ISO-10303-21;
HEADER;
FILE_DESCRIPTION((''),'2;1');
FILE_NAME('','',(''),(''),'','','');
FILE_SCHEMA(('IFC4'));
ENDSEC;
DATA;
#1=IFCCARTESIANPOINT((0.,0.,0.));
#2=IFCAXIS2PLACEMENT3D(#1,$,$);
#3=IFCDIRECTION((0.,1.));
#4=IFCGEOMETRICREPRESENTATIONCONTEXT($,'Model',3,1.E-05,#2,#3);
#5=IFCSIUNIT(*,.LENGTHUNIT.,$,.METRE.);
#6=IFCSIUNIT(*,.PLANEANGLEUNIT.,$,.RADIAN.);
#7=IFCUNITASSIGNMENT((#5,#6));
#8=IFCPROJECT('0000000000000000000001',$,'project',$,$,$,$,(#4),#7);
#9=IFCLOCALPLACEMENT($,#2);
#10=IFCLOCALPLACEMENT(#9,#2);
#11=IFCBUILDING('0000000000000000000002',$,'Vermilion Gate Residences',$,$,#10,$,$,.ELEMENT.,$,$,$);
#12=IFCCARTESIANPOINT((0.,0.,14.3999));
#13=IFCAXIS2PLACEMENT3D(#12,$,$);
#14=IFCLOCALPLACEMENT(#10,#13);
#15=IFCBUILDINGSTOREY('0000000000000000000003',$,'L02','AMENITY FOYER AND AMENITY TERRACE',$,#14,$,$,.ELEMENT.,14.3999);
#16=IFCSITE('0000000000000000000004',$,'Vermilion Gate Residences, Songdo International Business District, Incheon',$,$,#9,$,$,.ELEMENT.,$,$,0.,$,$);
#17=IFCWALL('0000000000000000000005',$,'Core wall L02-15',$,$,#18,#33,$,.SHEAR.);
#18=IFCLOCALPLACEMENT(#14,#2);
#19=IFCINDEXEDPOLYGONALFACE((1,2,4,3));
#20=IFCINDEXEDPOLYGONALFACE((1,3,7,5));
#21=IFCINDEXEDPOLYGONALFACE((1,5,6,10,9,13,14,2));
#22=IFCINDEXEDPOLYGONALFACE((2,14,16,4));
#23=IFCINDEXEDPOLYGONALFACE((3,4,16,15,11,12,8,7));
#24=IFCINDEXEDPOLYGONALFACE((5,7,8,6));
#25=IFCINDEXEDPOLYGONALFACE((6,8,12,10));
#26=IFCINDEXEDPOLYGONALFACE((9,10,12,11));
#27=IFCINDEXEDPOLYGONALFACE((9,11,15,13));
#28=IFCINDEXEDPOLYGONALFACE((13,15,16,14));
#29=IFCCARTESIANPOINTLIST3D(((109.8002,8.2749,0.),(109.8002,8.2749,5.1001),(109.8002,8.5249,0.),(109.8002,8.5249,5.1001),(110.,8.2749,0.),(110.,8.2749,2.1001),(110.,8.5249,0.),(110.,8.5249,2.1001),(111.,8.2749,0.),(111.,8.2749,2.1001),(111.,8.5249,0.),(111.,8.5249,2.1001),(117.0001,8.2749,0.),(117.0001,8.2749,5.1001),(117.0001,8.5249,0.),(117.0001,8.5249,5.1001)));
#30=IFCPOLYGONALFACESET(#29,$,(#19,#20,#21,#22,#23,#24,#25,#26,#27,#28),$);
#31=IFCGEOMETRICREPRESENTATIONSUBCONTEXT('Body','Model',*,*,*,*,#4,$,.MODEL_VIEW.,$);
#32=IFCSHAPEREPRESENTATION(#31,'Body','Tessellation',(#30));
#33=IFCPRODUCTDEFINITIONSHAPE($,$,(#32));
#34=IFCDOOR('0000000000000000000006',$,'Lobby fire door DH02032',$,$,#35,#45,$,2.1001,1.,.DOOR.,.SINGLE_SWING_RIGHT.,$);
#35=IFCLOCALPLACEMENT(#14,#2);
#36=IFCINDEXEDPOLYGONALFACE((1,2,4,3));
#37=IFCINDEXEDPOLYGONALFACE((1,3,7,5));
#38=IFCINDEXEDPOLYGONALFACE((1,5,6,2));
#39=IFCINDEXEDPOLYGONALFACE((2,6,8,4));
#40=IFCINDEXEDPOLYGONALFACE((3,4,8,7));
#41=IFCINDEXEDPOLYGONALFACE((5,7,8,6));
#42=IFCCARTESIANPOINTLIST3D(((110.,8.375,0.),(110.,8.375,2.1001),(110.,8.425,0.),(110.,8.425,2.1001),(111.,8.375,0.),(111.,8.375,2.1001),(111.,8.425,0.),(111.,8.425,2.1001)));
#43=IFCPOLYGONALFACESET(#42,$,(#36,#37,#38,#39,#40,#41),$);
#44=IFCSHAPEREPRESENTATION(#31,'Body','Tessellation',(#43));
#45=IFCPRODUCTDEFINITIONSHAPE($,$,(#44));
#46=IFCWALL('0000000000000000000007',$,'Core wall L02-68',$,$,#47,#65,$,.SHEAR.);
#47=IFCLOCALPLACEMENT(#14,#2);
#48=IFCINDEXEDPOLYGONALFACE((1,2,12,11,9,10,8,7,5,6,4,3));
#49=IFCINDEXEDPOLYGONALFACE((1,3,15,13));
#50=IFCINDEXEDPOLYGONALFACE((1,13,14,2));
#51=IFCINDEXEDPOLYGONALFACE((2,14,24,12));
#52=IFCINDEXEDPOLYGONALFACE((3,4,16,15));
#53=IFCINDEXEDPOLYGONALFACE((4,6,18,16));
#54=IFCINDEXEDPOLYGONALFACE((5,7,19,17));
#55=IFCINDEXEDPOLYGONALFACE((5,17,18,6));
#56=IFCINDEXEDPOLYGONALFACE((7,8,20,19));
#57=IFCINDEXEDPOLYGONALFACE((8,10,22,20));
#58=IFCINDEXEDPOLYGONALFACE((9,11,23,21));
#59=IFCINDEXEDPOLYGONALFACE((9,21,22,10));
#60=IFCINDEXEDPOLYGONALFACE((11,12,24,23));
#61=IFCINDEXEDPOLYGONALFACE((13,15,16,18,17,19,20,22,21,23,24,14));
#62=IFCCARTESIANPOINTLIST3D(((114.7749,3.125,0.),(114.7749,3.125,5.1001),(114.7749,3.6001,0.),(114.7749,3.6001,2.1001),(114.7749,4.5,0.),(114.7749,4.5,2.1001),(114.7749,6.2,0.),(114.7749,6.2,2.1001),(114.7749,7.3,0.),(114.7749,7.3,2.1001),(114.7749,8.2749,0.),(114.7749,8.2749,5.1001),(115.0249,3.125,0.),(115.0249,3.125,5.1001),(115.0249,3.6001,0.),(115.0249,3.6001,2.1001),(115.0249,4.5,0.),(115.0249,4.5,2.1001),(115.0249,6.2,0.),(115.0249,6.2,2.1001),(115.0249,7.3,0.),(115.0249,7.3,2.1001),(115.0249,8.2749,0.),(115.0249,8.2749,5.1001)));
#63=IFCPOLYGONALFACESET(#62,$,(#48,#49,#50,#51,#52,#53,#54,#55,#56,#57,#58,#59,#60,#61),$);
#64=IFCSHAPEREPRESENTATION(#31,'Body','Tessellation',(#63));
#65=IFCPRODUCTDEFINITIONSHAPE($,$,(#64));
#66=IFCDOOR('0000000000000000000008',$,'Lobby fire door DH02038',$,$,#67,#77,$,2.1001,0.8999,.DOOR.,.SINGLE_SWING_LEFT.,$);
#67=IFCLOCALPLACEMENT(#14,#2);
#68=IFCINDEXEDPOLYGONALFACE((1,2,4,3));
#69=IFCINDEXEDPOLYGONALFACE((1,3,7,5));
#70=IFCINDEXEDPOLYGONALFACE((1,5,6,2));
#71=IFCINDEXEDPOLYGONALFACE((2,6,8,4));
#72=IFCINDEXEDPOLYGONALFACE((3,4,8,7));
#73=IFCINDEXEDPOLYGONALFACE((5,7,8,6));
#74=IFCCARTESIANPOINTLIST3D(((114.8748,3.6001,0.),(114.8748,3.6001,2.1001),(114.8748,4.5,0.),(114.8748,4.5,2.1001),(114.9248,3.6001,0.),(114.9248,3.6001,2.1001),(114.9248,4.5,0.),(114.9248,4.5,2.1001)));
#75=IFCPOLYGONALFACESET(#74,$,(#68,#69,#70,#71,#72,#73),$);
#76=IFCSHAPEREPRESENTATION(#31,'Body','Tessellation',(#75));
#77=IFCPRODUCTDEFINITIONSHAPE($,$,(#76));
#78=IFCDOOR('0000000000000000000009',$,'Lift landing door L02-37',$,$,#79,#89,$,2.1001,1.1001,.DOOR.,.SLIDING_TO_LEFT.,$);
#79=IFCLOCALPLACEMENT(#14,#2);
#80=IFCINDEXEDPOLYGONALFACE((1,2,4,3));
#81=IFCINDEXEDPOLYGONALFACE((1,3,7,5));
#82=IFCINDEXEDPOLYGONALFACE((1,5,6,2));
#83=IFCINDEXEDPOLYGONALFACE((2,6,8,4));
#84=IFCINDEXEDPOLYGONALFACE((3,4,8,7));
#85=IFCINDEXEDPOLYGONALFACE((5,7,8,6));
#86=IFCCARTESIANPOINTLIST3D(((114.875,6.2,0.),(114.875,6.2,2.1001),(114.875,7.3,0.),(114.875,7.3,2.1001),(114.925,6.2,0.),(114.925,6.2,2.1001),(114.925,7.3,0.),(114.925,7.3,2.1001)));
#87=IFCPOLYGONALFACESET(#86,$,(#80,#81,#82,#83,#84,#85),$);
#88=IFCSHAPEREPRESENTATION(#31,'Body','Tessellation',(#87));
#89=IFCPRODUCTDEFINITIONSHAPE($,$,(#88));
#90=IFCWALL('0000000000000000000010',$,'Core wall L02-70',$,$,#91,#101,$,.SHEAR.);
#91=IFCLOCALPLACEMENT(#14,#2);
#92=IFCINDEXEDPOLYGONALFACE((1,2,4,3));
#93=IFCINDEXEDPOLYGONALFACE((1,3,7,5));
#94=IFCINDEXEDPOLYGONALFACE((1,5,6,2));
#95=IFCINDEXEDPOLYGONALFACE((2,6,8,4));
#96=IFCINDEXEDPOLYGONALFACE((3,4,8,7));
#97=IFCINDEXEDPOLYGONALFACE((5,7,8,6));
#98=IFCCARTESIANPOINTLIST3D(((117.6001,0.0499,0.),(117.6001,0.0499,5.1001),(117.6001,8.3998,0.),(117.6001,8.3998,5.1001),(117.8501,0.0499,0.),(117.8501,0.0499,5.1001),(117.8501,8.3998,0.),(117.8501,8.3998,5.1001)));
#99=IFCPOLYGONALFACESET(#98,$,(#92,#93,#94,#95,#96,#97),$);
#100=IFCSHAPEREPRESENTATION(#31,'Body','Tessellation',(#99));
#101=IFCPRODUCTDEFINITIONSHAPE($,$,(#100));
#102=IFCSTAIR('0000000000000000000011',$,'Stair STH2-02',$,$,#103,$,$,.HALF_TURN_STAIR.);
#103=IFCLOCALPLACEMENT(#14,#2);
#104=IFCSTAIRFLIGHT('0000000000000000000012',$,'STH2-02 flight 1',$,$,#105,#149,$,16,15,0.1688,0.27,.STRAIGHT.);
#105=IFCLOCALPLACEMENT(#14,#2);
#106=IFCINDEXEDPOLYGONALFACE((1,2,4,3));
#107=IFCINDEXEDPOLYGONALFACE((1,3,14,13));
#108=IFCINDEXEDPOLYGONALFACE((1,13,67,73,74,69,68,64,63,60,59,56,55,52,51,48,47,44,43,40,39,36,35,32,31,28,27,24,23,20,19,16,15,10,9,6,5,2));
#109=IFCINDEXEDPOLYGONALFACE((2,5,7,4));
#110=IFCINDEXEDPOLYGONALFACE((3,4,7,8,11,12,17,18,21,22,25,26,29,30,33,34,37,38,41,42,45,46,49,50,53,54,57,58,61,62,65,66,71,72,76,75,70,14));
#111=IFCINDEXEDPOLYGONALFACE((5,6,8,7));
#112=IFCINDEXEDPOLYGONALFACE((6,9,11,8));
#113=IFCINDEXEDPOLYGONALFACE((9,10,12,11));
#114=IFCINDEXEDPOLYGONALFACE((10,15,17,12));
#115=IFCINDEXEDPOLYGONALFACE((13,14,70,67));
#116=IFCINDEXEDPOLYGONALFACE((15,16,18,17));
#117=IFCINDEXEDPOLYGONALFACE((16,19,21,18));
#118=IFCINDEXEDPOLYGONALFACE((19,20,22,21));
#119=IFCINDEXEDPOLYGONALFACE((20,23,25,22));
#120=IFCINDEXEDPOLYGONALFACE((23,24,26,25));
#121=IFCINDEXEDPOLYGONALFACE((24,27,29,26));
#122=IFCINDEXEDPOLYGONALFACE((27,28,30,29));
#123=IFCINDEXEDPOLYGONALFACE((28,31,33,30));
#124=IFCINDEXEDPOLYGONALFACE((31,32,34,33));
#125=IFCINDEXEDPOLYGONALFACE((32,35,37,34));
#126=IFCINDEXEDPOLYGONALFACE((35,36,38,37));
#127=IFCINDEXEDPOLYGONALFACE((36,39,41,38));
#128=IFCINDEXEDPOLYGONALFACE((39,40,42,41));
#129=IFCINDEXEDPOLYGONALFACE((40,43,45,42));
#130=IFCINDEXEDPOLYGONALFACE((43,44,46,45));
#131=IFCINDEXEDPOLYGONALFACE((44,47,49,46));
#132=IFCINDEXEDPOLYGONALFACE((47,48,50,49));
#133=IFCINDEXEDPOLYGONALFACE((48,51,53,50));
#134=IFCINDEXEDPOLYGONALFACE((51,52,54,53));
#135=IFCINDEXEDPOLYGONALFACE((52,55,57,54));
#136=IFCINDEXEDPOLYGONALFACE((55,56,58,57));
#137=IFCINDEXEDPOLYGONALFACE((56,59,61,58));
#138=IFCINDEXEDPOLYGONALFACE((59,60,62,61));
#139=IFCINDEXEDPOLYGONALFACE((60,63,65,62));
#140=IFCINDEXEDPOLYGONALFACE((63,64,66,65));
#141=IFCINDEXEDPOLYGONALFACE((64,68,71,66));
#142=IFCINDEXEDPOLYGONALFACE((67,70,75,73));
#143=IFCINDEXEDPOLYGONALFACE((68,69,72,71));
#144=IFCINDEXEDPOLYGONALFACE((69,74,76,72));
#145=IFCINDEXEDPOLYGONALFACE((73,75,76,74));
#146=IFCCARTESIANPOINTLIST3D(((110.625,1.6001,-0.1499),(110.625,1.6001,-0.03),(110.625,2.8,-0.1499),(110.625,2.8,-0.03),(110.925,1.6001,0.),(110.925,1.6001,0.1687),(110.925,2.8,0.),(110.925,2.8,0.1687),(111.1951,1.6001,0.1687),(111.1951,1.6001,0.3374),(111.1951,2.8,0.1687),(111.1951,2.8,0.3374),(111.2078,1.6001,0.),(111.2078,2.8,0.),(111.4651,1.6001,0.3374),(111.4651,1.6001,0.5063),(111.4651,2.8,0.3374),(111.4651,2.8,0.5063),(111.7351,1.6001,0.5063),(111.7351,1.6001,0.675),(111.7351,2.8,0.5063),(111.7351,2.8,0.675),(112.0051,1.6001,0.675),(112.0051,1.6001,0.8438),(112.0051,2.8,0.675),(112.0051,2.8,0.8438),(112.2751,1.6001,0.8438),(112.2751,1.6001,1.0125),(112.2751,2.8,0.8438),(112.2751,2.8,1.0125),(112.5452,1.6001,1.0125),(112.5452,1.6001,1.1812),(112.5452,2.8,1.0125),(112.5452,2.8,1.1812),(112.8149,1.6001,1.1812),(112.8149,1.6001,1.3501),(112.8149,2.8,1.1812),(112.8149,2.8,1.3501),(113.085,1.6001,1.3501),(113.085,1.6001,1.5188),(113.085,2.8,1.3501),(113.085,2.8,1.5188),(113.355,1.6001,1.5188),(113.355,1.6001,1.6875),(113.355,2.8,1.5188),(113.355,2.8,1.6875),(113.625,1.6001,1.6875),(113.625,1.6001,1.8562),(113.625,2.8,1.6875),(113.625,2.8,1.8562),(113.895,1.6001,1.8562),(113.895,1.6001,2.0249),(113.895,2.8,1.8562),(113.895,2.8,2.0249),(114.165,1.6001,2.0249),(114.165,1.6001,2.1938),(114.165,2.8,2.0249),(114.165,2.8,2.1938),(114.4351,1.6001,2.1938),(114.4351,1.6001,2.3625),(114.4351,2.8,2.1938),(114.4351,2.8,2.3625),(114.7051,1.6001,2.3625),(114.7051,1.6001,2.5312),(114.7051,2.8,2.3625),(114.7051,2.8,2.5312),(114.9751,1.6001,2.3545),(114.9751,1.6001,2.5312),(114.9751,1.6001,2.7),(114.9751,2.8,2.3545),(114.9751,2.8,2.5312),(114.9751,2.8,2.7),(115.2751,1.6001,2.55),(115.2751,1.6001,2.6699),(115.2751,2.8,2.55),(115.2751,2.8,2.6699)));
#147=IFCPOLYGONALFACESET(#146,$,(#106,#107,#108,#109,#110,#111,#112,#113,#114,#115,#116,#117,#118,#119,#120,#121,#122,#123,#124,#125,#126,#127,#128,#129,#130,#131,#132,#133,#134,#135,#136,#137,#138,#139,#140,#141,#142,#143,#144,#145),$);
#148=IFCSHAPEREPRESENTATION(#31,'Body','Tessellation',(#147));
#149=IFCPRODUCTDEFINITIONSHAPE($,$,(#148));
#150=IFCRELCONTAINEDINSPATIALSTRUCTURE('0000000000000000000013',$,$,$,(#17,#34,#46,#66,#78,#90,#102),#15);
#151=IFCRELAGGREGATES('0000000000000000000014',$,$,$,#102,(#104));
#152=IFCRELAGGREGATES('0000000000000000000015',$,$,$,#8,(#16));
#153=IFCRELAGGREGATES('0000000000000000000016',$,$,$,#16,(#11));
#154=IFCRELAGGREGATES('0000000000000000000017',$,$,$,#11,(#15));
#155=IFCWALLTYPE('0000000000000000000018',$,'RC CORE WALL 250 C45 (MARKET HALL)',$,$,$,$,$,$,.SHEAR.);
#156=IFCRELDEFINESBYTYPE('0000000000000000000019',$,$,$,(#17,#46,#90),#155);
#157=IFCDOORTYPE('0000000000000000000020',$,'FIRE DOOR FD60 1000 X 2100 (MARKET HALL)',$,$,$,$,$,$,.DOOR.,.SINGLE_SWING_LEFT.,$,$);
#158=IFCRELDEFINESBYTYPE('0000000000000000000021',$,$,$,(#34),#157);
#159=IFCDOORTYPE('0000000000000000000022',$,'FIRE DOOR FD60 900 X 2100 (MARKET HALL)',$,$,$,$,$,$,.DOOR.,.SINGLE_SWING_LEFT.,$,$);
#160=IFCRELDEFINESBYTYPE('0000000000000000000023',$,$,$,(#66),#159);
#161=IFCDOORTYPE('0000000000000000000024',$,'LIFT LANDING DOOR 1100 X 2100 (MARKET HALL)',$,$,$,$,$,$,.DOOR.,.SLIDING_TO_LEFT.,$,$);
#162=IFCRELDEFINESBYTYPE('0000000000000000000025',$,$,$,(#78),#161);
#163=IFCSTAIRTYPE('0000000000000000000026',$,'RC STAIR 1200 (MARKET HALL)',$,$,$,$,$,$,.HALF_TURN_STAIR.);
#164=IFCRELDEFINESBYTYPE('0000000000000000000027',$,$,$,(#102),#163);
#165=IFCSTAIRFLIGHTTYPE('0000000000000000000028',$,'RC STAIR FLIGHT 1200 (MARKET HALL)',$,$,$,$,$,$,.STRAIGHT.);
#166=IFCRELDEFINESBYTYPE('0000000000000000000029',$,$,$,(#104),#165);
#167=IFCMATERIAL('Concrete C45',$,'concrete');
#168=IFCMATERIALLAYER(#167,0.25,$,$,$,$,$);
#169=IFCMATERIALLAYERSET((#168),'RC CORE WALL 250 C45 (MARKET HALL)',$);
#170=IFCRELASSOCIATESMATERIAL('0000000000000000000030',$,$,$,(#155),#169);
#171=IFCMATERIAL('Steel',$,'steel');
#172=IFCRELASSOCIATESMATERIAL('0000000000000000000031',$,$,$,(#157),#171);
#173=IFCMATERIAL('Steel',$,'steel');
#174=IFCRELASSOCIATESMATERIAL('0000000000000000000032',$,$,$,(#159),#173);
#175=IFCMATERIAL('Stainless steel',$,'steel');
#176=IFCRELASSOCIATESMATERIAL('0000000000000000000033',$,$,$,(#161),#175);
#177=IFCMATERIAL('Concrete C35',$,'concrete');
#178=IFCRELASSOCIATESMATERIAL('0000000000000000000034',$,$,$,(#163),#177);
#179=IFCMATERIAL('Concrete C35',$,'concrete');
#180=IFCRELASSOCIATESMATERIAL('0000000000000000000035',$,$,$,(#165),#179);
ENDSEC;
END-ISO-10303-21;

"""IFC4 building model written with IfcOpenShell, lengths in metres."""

from ifc_helpers import new_model, si_unit, direction, frame, frame_2d, origin, place, context, subcontext, project, spatial, polyline, rectangle, outline, extrude, material, layer, layer_set, type_object, element, fill, aggregate, save


model = new_model("IFC4")

# Units and contexts
model_context = context("Model", 3, precision=1e-05, world=origin(), true_north=direction((0.0, 1.0)))
body_context = subcontext(model_context, "Body", "Model", "MODEL_VIEW")
ifc_project = project(units=[si_unit("LENGTHUNIT", "METRE"), si_unit("PLANEANGLEUNIT", "RADIAN")], contexts=[model_context])

# Site, building, storey
site_placement = place(None, origin())
site = spatial("IfcSite", under=ifc_project, at=site_placement, Name="Vermilion Gate Residences, Songdo International Business District, Incheon", CompositionType="ELEMENT", RefElevation=0.0)
building_placement = place(site_placement, origin())
building = spatial("IfcBuilding", under=site, at=building_placement, Name="Vermilion Gate Residences", CompositionType="ELEMENT")
storey_placement = place(building_placement, frame((0.0, 0.0, 14.3999)))
storey = spatial("IfcBuildingStorey", under=building, at=storey_placement, Name="L02", Description="AMENITY FOYER AND AMENITY TERRACE", CompositionType="ELEMENT", Elevation=14.3999)

# Shared definitions
ifc_material_1 = material(Name="Concrete C45", Category="concrete")
ifc_layer_1 = layer(ifc_material_1, 0.25)
ifc_layer_set_1 = layer_set([ifc_layer_1], Name="RC CORE WALL 250 C45 (MARKET HALL)")
wall_type_1 = type_object("IfcWallType", Name="RC CORE WALL 250 C45 (MARKET HALL)", PredefinedType="SHEAR", material=ifc_layer_set_1)

# Wall, opening, door
wall_1_placement = place(storey_placement, frame((109.8, 8.3999, 0.0), z_axis=(0.0, 0.0, 1.0), x_axis=(1.0, 0.0, 0.0)))
wall_1 = element("IfcWall", 1, at=wall_1_placement, inside=storey, type_object=wall_type_1, Name="Core wall L02-15", PredefinedType="SHEAR", context=body_context, shape_type="SweptSolid", body=[
    extrude(rectangle(XDim=7.2, YDim=0.25, at=frame_2d((3.6001, 0.0))), origin(), (0.0, 0.0, 1.0), 5.1001),
])
opening_1_placement = place(wall_1_placement, frame((0.2, 0.0, 0.0)))
opening_1 = element("IfcOpeningElement", 2, at=opening_1_placement, cuts=wall_1, PredefinedType="OPENING", context=body_context, shape_type="SweptSolid", body=[
    extrude(rectangle(XDim=1.0, YDim=2.1001, at=frame_2d((0.5, 1.05))), frame((0.0, 0.135, 0.0), z_axis=(0.0, -1.0, 0.0), x_axis=(1.0, 0.0, 0.0)), (0.0, 0.0, 1.0), 0.27),
])
ifc_material_2 = material(Name="Steel", Category="steel")
door_type_1 = type_object("IfcDoorType", Name="FIRE DOOR FD60 1000 X 2100 (MARKET HALL)", OperationType="SINGLE_SWING_LEFT", PredefinedType="DOOR", material=ifc_material_2)
door_1_placement = place(opening_1_placement, frame((1.0, 0.0, 0.0), z_axis=(0.0, 0.0, 1.0), x_axis=(-1.0, 0.0, 0.0)))
door_1 = element("IfcDoor", 3, at=door_1_placement, inside=storey, type_object=door_type_1, Name="Lobby fire door DH02032", OperationType="SINGLE_SWING_RIGHT", OverallHeight=2.1001, OverallWidth=1.0, PredefinedType="DOOR", context=body_context, shape_type="SweptSolid", body=[
    extrude(rectangle(XDim=1.0, YDim=2.1001, at=frame_2d((0.5, 1.05))), frame((0.0, 0.0249, 0.0), z_axis=(0.0, -1.0, 0.0), x_axis=(1.0, 0.0, 0.0)), (0.0, 0.0, 1.0), 0.05),
])
fill(opening_1, door_1)

# Wall, openings, doors
wall_2_placement = place(storey_placement, frame((114.8999, 3.125, 0.0), z_axis=(0.0, 0.0, 1.0), x_axis=(0.0, 1.0, 0.0)))
wall_2 = element("IfcWall", 4, at=wall_2_placement, inside=storey, type_object=wall_type_1, Name="Core wall L02-68", PredefinedType="SHEAR", context=body_context, shape_type="SweptSolid", body=[
    extrude(rectangle(XDim=5.1499, YDim=0.25, at=frame_2d((2.575, 0.0))), origin(), (0.0, 0.0, 1.0), 5.1001),
])
opening_2_placement = place(wall_2_placement, frame((3.075, 0.0, 0.0)))
opening_2 = element("IfcOpeningElement", 5, at=opening_2_placement, cuts=wall_2, PredefinedType="OPENING", context=body_context, shape_type="SweptSolid", body=[
    extrude(rectangle(XDim=1.1001, YDim=2.1001, at=frame_2d((0.55, 1.05))), frame((0.0, 0.135, 0.0), z_axis=(0.0, -1.0, 0.0), x_axis=(1.0, 0.0, 0.0)), (0.0, 0.0, 1.0), 0.27),
])
opening_3_placement = place(wall_2_placement, frame((0.4751, 0.0, 0.0)))
opening_3 = element("IfcOpeningElement", 6, at=opening_3_placement, cuts=wall_2, PredefinedType="OPENING", context=body_context, shape_type="SweptSolid", body=[
    extrude(rectangle(XDim=0.8999, YDim=2.1001, at=frame_2d((0.45, 1.05))), frame((0.0, 0.135, 0.0), z_axis=(0.0, -1.0, 0.0), x_axis=(1.0, 0.0, 0.0)), (0.0, 0.0, 1.0), 0.27),
])
ifc_material_3 = material(Name="Steel", Category="steel")
door_type_2 = type_object("IfcDoorType", Name="FIRE DOOR FD60 900 X 2100 (MARKET HALL)", OperationType="SINGLE_SWING_LEFT", PredefinedType="DOOR", material=ifc_material_3)
door_2_placement = place(opening_3_placement, frame((0.8999, 0.0, 0.0), z_axis=(0.0, 0.0, 1.0), x_axis=(-1.0, 0.0, 0.0)))
door_2 = element("IfcDoor", 7, at=door_2_placement, inside=storey, type_object=door_type_2, Name="Lobby fire door DH02038", OperationType="SINGLE_SWING_LEFT", OverallHeight=2.1001, OverallWidth=0.8999, PredefinedType="DOOR", context=body_context, shape_type="SweptSolid", body=[
    extrude(rectangle(XDim=0.8999, YDim=2.1001, at=frame_2d((0.45, 1.05))), frame((0.0, 0.0249, 0.0), z_axis=(0.0, -1.0, 0.0), x_axis=(1.0, 0.0, 0.0)), (0.0, 0.0, 1.0), 0.05),
])
fill(opening_3, door_2)
ifc_material_4 = material(Name="Stainless steel", Category="steel")
door_type_3 = type_object("IfcDoorType", Name="LIFT LANDING DOOR 1100 X 2100 (MARKET HALL)", OperationType="SLIDING_TO_LEFT", PredefinedType="DOOR", material=ifc_material_4)
door_3_placement = place(opening_2_placement, origin())
door_3 = element("IfcDoor", 8, at=door_3_placement, inside=storey, type_object=door_type_3, Name="Lift landing door L02-37", OperationType="SLIDING_TO_LEFT", OverallHeight=2.1001, OverallWidth=1.1001, PredefinedType="DOOR", context=body_context, shape_type="SweptSolid", body=[
    extrude(rectangle(XDim=1.1001, YDim=2.1001, at=frame_2d((0.55, 1.05))), frame((0.0, 0.0249, 0.0), z_axis=(0.0, -1.0, 0.0), x_axis=(1.0, 0.0, 0.0)), (0.0, 0.0, 1.0), 0.05),
])
fill(opening_2, door_3)

# Wall
wall_3_placement = place(storey_placement, frame((117.7251, 0.05, 0.0), z_axis=(0.0, 0.0, 1.0), x_axis=(0.0, 1.0, 0.0)))
element("IfcWall", 9, at=wall_3_placement, inside=storey, type_object=wall_type_1, Name="Core wall L02-70", PredefinedType="SHEAR", context=body_context, shape_type="SweptSolid", body=[
    extrude(rectangle(XDim=8.3499, YDim=0.25, at=frame_2d((4.1748, 0.0))), origin(), (0.0, 0.0, 1.0), 5.1001),
])

# Stair, stair flight
ifc_material_5 = material(Name="Concrete C35", Category="concrete")
stair_type = type_object("IfcStairType", Name="RC STAIR 1200 (MARKET HALL)", PredefinedType="HALF_TURN_STAIR", material=ifc_material_5)
stair_placement = place(storey_placement, origin())
stair = element("IfcStair", 10, at=stair_placement, inside=storey, type_object=stair_type, Name="Stair STH2-02", PredefinedType="HALF_TURN_STAIR")
ifc_material_6 = material(Name="Concrete C35", Category="concrete")
stair_flight_type = type_object("IfcStairFlightType", Name="RC STAIR FLIGHT 1200 (MARKET HALL)", PredefinedType="STRAIGHT", material=ifc_material_6)
stair_flight_1_placement = place(storey_placement, frame((110.925, 2.2, 0.0), z_axis=(0.0, 0.0, 1.0), x_axis=(1.0, 0.0, 0.0)))
stair_flight_1 = element("IfcStairFlight", 11, at=stair_flight_1_placement, type_object=stair_flight_type, Name="STH2-02 flight 1", NumberOfRisers=16, NumberOfTreads=15, PredefinedType="STRAIGHT", RiserHeight=0.1688, TreadLength=0.27, context=body_context, shape_type="SweptSolid", body=[
    extrude(outline(polyline([(-0.3, -0.1499), (-0.3, -0.03), (0.0, 0.0), (0.0, 0.1687), (0.27, 0.1687), (0.27, 0.3374), (0.54, 0.3374), (0.54, 0.5063), (0.8101, 0.5063), (0.8101, 0.675), (1.0801, 0.675), (1.0801, 0.8438), (1.3501, 0.8438), (1.3501, 1.0125), (1.6201, 1.0125), (1.6201, 1.1812), (1.8899, 1.1812), (1.8899, 1.3501), (2.1599, 1.3501), (2.1599, 1.5188), (2.4299, 1.5188), (2.4299, 1.6875), (2.7, 1.6875), (2.7, 1.8562), (2.97, 1.8562), (2.97, 2.0249), (3.24, 2.0249), (3.24, 2.1938), (3.51, 2.1938), (3.51, 2.3625), (3.78, 2.3625), (3.78, 2.5312), (4.05, 2.5312), (4.05, 2.7), (4.3501, 2.6699), (4.3501, 2.55), (4.05, 2.3545), (0.2827, 0.0), (-0.3, -0.1499)])), frame((0.0, 0.6001, 0.0), z_axis=(0.0, -1.0, 0.0), x_axis=(1.0, 0.0, 0.0)), (0.0, 0.0, 1.0), 1.2),
])
aggregate(stair, [stair_flight_1])

save(model, "model.ifc")
